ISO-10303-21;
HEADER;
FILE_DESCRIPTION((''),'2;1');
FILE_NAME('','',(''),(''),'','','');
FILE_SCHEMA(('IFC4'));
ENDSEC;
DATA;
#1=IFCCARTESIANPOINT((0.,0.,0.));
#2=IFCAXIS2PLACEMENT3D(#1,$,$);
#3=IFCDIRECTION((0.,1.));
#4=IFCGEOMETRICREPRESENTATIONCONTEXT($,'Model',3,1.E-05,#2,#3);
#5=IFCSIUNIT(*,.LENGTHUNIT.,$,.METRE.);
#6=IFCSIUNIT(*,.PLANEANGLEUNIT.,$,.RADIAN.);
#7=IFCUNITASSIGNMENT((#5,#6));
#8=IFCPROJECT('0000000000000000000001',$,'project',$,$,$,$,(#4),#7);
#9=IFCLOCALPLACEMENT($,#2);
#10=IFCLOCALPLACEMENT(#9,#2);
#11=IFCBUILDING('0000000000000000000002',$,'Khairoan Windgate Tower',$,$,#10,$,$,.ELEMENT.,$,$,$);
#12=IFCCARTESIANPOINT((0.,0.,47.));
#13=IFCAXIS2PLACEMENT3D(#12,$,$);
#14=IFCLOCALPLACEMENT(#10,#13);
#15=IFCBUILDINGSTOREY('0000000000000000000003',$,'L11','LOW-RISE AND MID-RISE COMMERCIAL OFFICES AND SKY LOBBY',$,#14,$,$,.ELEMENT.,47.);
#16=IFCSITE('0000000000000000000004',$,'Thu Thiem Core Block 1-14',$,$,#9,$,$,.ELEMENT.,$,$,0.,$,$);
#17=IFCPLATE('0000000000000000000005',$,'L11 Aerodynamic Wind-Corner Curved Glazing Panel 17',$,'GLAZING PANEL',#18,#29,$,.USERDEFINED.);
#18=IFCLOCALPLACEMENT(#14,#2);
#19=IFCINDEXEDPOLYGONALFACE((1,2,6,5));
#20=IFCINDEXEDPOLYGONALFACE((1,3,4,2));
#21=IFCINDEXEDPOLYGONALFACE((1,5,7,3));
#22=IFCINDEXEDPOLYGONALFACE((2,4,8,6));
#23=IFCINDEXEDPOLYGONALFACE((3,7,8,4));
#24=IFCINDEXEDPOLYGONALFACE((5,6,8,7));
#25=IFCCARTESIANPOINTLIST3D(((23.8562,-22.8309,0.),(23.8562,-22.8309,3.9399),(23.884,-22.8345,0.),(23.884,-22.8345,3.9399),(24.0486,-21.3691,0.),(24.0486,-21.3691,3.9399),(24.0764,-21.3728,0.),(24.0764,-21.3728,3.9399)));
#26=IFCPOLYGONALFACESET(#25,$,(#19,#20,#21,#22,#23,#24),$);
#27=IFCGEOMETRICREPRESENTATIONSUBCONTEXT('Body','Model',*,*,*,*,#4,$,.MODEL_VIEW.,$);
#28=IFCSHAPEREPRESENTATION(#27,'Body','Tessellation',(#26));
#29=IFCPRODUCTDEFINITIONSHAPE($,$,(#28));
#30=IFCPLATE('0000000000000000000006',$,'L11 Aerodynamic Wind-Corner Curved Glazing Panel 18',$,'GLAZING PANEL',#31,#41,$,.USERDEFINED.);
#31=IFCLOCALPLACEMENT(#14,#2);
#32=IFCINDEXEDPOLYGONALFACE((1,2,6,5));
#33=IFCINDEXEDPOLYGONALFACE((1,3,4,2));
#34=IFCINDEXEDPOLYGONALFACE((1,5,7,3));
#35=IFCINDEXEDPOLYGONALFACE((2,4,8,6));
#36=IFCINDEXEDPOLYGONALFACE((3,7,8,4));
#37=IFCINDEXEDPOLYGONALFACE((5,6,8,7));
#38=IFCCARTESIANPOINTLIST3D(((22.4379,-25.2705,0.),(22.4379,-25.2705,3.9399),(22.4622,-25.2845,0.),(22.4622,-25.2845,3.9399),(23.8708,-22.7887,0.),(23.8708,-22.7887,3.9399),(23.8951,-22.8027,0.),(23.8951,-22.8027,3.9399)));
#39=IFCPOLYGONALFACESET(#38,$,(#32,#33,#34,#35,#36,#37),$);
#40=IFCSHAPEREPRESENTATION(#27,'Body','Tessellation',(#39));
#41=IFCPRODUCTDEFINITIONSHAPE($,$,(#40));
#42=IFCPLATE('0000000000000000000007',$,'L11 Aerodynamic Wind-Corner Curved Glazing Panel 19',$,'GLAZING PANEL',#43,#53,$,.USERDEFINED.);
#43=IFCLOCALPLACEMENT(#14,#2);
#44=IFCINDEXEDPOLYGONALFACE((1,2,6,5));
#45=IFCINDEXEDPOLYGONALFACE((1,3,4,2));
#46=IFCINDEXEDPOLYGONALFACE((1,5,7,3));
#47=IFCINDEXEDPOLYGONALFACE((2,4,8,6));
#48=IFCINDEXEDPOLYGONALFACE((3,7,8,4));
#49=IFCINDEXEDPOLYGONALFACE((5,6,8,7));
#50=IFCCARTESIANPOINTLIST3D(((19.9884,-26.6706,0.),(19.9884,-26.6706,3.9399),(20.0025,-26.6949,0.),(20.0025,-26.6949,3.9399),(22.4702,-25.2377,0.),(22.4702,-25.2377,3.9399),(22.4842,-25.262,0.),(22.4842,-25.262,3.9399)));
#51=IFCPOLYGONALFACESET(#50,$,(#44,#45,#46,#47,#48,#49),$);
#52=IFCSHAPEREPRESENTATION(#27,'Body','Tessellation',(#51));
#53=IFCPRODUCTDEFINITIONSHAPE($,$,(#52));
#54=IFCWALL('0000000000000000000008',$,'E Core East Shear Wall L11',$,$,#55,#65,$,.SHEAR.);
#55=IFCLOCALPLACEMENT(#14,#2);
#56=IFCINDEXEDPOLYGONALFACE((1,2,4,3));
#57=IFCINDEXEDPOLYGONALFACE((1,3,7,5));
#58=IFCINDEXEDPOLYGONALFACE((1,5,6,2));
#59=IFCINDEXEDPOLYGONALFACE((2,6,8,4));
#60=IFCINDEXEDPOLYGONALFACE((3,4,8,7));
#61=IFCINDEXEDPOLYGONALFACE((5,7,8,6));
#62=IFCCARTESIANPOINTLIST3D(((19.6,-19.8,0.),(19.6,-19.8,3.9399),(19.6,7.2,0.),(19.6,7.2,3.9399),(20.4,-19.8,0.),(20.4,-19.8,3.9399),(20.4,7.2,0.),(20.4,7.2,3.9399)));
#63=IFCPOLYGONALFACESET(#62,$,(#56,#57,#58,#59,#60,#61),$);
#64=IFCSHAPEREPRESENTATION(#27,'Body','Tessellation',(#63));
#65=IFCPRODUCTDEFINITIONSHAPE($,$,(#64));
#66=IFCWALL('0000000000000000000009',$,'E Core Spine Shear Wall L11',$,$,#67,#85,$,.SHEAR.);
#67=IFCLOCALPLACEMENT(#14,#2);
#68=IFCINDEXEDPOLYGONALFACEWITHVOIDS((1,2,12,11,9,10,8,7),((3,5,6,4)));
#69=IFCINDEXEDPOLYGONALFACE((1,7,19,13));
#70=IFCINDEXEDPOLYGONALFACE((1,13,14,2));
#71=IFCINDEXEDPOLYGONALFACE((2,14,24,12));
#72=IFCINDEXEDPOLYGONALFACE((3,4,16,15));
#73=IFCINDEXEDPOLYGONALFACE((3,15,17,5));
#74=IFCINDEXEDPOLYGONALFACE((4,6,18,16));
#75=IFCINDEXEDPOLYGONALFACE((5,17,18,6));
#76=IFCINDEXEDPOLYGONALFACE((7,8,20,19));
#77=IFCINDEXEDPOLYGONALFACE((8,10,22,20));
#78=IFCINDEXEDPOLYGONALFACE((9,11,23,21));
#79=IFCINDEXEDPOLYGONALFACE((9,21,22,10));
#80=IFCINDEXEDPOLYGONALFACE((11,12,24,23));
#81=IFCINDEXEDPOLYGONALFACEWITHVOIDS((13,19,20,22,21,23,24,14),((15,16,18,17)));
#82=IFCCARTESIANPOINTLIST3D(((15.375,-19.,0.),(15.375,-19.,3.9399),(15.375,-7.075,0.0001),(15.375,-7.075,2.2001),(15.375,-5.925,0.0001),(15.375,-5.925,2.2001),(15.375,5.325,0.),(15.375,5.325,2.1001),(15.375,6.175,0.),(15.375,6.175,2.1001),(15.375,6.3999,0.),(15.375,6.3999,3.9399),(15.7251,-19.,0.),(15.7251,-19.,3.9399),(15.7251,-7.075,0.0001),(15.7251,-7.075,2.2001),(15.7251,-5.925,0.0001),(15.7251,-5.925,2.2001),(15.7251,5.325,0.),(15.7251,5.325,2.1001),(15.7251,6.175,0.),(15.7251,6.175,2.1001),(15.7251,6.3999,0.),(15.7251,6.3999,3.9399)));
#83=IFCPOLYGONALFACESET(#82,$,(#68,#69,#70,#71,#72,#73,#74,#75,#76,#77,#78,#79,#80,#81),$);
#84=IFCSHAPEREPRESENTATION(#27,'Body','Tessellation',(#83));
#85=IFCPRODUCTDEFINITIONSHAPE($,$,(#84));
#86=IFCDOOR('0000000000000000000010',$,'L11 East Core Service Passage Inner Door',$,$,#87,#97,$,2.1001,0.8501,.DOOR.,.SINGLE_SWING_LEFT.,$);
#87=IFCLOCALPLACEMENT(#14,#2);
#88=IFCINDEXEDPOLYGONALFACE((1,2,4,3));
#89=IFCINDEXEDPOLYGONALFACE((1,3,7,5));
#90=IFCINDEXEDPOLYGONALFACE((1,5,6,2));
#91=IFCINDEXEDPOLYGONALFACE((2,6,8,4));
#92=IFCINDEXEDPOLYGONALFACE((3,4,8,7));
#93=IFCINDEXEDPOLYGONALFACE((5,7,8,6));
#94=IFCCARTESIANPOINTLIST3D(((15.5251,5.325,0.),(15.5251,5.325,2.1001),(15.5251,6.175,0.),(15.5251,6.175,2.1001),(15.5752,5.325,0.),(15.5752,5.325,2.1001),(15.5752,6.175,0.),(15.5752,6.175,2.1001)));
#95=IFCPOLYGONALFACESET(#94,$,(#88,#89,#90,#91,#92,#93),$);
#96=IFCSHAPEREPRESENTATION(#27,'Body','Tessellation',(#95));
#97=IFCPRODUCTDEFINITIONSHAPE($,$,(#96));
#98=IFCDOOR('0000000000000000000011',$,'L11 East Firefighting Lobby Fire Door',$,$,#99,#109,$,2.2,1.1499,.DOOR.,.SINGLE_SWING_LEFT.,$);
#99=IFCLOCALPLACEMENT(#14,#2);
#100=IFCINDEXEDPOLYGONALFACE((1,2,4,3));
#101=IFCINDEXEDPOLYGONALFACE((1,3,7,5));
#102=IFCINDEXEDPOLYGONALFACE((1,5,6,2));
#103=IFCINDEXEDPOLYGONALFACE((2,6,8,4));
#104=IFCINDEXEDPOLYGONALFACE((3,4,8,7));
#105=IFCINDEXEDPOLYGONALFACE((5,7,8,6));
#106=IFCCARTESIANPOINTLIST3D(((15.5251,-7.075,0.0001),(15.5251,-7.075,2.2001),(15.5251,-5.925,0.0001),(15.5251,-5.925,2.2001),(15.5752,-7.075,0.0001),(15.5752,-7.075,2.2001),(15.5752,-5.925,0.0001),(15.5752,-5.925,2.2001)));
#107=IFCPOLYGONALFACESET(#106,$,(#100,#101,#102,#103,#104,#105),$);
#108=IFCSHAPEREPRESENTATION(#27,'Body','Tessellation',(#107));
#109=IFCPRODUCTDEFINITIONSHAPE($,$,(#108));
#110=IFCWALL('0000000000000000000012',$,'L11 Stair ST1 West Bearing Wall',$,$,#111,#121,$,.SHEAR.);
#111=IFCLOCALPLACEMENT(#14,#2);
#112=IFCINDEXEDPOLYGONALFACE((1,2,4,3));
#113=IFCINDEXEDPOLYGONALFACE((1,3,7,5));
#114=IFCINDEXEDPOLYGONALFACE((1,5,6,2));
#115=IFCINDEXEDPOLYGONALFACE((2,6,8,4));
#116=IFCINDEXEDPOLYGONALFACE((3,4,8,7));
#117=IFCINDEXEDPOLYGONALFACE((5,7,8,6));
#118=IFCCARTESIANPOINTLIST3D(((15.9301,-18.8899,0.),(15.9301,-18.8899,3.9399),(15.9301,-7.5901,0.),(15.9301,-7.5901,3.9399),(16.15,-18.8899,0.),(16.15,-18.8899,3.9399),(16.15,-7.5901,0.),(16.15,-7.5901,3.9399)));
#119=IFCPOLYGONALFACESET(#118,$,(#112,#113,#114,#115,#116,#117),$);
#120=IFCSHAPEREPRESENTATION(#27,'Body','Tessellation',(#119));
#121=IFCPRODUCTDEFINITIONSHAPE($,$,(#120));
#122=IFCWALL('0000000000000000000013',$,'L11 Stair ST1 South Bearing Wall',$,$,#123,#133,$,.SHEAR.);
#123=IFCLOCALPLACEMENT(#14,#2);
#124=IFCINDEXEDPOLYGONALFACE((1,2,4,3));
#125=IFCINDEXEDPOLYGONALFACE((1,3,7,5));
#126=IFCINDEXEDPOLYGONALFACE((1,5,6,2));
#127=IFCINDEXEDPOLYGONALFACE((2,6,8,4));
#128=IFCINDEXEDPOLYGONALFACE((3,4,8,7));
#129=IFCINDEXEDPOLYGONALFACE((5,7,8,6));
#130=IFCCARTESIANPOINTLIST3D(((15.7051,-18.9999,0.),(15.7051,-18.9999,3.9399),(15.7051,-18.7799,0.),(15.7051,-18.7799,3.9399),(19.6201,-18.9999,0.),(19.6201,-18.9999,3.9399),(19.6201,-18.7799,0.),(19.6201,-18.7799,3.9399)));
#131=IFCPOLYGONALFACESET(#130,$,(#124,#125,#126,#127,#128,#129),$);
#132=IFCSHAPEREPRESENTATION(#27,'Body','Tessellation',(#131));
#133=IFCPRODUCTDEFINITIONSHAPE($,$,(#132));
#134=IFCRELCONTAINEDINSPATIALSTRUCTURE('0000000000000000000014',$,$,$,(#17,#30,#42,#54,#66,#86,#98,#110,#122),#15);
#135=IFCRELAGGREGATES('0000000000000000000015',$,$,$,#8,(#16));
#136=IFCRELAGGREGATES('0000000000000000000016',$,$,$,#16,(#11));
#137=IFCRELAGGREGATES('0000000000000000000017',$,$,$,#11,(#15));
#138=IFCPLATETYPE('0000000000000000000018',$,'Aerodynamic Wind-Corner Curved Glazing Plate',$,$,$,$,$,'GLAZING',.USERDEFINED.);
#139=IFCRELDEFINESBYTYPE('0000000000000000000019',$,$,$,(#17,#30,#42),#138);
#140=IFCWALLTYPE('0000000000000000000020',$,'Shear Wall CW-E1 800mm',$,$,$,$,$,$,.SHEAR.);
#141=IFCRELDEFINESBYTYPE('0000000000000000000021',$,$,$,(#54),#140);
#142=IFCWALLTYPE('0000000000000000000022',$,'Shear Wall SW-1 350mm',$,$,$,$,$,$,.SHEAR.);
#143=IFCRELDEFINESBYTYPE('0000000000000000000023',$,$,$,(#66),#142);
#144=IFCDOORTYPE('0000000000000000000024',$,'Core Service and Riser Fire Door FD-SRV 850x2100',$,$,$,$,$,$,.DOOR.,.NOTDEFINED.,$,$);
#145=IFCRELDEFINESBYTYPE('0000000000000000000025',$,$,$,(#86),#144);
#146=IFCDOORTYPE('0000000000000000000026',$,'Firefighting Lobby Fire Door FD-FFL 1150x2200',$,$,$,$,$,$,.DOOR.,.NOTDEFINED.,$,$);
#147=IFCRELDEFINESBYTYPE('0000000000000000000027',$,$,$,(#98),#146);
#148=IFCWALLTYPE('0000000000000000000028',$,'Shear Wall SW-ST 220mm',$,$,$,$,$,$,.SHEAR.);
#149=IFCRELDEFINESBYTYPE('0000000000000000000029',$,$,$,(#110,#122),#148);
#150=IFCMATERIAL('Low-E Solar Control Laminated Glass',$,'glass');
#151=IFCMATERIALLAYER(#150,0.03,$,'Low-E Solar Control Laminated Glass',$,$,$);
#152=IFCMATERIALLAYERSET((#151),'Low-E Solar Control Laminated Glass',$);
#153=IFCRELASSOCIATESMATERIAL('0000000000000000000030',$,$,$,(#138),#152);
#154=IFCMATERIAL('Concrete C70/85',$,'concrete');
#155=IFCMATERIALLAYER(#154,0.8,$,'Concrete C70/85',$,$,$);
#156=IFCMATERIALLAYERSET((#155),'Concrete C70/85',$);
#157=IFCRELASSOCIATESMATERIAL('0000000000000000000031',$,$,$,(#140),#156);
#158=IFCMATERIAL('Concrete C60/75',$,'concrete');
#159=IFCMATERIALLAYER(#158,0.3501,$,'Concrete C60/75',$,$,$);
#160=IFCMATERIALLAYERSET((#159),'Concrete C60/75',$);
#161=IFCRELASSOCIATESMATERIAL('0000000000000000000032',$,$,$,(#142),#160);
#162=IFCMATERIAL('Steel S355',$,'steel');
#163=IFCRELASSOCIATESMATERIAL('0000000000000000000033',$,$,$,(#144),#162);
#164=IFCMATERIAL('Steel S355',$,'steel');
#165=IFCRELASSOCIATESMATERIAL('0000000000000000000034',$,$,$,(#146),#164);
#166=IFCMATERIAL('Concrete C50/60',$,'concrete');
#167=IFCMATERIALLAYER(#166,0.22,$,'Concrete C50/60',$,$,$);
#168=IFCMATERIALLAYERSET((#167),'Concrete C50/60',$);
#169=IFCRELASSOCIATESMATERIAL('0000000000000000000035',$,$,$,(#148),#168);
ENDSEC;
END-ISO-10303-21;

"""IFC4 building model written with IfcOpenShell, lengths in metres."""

from ifc_helpers import new_model, si_unit, direction, frame, frame_2d, origin, origin_2d, place, context, subcontext, project, spatial, rectangle, extrude, material, layer, layer_set, type_object, element, fill, save


model = new_model("IFC4")

# Units and contexts
model_context = context("Model", 3, precision=1e-05, world=origin(), true_north=direction((0.0, 1.0)))
body_context = subcontext(model_context, "Body", "Model", "MODEL_VIEW")
ifc_project = project(units=[si_unit("LENGTHUNIT", "METRE"), si_unit("PLANEANGLEUNIT", "RADIAN")], contexts=[model_context])

# Site, building, storey
site_placement = place(None, origin())
building_placement = place(site_placement, origin())
storey_placement = place(building_placement, frame((0.0, 0.0, 47.0)))
site = spatial("IfcSite", under=ifc_project, at=site_placement, Name="Thu Thiem Core Block 1-14", CompositionType="ELEMENT", RefElevation=0.0)
building = spatial("IfcBuilding", under=site, at=building_placement, Name="Khairoan Windgate Tower", CompositionType="ELEMENT")
storey = spatial("IfcBuildingStorey", under=building, at=storey_placement, Name="L11", Description="LOW-RISE AND MID-RISE COMMERCIAL OFFICES AND SKY LOBBY", CompositionType="ELEMENT", Elevation=47.0)

# Plates
ifc_material_1 = material(Name="Low-E Solar Control Laminated Glass", Category="glass")
ifc_layer_1 = layer(ifc_material_1, 0.03, Name="Low-E Solar Control Laminated Glass")
ifc_layer_set_1 = layer_set([ifc_layer_1], Name="Low-E Solar Control Laminated Glass")
plate_type_1 = type_object("IfcPlateType", Name="Aerodynamic Wind-Corner Curved Glazing Plate", ElementType="GLAZING", PredefinedType="USERDEFINED", material=ifc_layer_set_1)
plate_1_placement = place(storey_placement, frame((23.9663, -22.1018, 0.0), z_axis=(0.0, 0.0, 1.0), x_axis=(-0.130526, -0.991445, 0.0)))
element("IfcPlate", 1, at=plate_1_placement, inside=storey, type_object=plate_type_1, Name="L11 Aerodynamic Wind-Corner Curved Glazing Panel 17", ObjectType="GLAZING PANEL", PredefinedType="USERDEFINED", context=body_context, shape_type="SweptSolid", body=[
    extrude(rectangle(XDim=1.4744, YDim=0.0281, at=origin_2d()), origin(), (0.0, 0.0, 1.0), 3.9399),
])
for number, where, z_axis, x_axis, name in (
    (2, (23.1665, -24.0366, 0.0), (0.0, 0.0, 1.0), (-0.5, -0.866025, 0.0), "L11 Aerodynamic Wind-Corner Curved Glazing Panel 18"),
    (3, (21.2363, -25.9663, 0.0), (0.0, 0.0, 1.0), (-0.866025, -0.5, 0.0), "L11 Aerodynamic Wind-Corner Curved Glazing Panel 19"),
):
    element("IfcPlate", number, at=place(storey_placement, frame(where, z_axis=z_axis, x_axis=x_axis)), inside=storey, type_object=plate_type_1, Name=name, ObjectType="GLAZING PANEL", PredefinedType="USERDEFINED", context=body_context, shape_type="SweptSolid", body=[
        extrude(rectangle(XDim=2.8657, YDim=0.0281, at=origin_2d()), origin(), (0.0, 0.0, 1.0), 3.9399),
    ])

# Wall
ifc_material_2 = material(Name="Concrete C70/85", Category="concrete")
ifc_layer_2 = layer(ifc_material_2, 0.8, Name="Concrete C70/85")
ifc_layer_set_2 = layer_set([ifc_layer_2], Name="Concrete C70/85")
wall_type_1 = type_object("IfcWallType", Name="Shear Wall CW-E1 800mm", PredefinedType="SHEAR", material=ifc_layer_set_2)
wall_1_placement = place(storey_placement, frame((20.0, -19.8, 0.0), z_axis=(0.0, 0.0, 1.0), x_axis=(0.0, 1.0, 0.0)))
element("IfcWall", 4, at=wall_1_placement, inside=storey, type_object=wall_type_1, Name="E Core East Shear Wall L11", PredefinedType="SHEAR", context=body_context, shape_type="SweptSolid", body=[
    extrude(rectangle(XDim=27.0, YDim=0.8, at=frame_2d((13.5, 0.0))), origin(), (0.0, 0.0, 1.0), 3.9399),
])

# Wall, openings, doors
ifc_material_3 = material(Name="Concrete C60/75", Category="concrete")
ifc_layer_3 = layer(ifc_material_3, 0.3501, Name="Concrete C60/75")
ifc_layer_set_3 = layer_set([ifc_layer_3], Name="Concrete C60/75")
wall_type_2 = type_object("IfcWallType", Name="Shear Wall SW-1 350mm", PredefinedType="SHEAR", material=ifc_layer_set_3)
wall_2_placement = place(storey_placement, frame((15.55, -19.0, 0.0), z_axis=(0.0, 0.0, 1.0), x_axis=(0.0, 1.0, 0.0)))
wall_2 = element("IfcWall", 5, at=wall_2_placement, inside=storey, type_object=wall_type_2, Name="E Core Spine Shear Wall L11", PredefinedType="SHEAR", context=body_context, shape_type="SweptSolid", body=[
    extrude(rectangle(XDim=25.3999, YDim=0.3501, at=frame_2d((12.7, 0.0))), origin(), (0.0, 0.0, 1.0), 3.9399),
])
opening_1_placement = place(wall_2_placement, frame((11.925, 0.0, 0.0)))
opening_1 = element("IfcOpeningElement", 6, at=opening_1_placement, cuts=wall_2, PredefinedType="OPENING", context=body_context, shape_type="SweptSolid", body=[
    extrude(rectangle(XDim=1.1499, YDim=2.2, at=frame_2d((0.575, 1.1001))), frame((0.0, 0.1851, 0.0), z_axis=(0.0, -1.0, 0.0), x_axis=(1.0, 0.0, 0.0)), (0.0, 0.0, 1.0), 0.3701),
])
opening_2_placement = place(wall_2_placement, frame((24.325, 0.0, 0.0)))
opening_2 = element("IfcOpeningElement", 7, at=opening_2_placement, cuts=wall_2, PredefinedType="OPENING", context=body_context, shape_type="SweptSolid", body=[
    extrude(rectangle(XDim=0.8501, YDim=2.1001, at=frame_2d((0.425, 1.05))), frame((0.0, 0.1851, 0.0), z_axis=(0.0, -1.0, 0.0), x_axis=(1.0, 0.0, 0.0)), (0.0, 0.0, 1.0), 0.3701),
])
ifc_material_4 = material(Name="Steel S355", Category="steel")
door_type_1 = type_object("IfcDoorType", Name="Core Service and Riser Fire Door FD-SRV 850x2100", OperationType="NOTDEFINED", PredefinedType="DOOR", material=ifc_material_4)
door_1_placement = place(opening_2_placement, origin())
door_1 = element("IfcDoor", 8, at=door_1_placement, inside=storey, type_object=door_type_1, Name="L11 East Core Service Passage Inner Door", OperationType="SINGLE_SWING_LEFT", OverallHeight=2.1001, OverallWidth=0.8501, PredefinedType="DOOR", context=body_context, shape_type="SweptSolid", body=[
    extrude(rectangle(XDim=0.8501, YDim=2.1001, at=frame_2d((0.425, 1.05))), frame((0.0, 0.0249, 0.0), z_axis=(0.0, -1.0, 0.0), x_axis=(1.0, 0.0, 0.0)), (0.0, 0.0, 1.0), 0.05),
])
fill(opening_2, door_1)
ifc_material_5 = material(Name="Steel S355", Category="steel")
door_type_2 = type_object("IfcDoorType", Name="Firefighting Lobby Fire Door FD-FFL 1150x2200", OperationType="NOTDEFINED", PredefinedType="DOOR", material=ifc_material_5)
door_2_placement = place(opening_1_placement, origin())
door_2 = element("IfcDoor", 9, at=door_2_placement, inside=storey, type_object=door_type_2, Name="L11 East Firefighting Lobby Fire Door", OperationType="SINGLE_SWING_LEFT", OverallHeight=2.2, OverallWidth=1.1499, PredefinedType="DOOR", context=body_context, shape_type="SweptSolid", body=[
    extrude(rectangle(XDim=1.1499, YDim=2.2, at=frame_2d((0.575, 1.1001))), frame((0.0, 0.0249, 0.0), z_axis=(0.0, -1.0, 0.0), x_axis=(1.0, 0.0, 0.0)), (0.0, 0.0, 1.0), 0.05),
])
fill(opening_1, door_2)

# Walls
ifc_material_6 = material(Name="Concrete C50/60", Category="concrete")
ifc_layer_4 = layer(ifc_material_6, 0.22, Name="Concrete C50/60")
ifc_layer_set_4 = layer_set([ifc_layer_4], Name="Concrete C50/60")
wall_type_3 = type_object("IfcWallType", Name="Shear Wall SW-ST 220mm", PredefinedType="SHEAR", material=ifc_layer_set_4)
wall_3_placement = place(storey_placement, frame((16.04, -18.8899, 0.0), z_axis=(0.0, 0.0, 1.0), x_axis=(0.0, 1.0, 0.0)))
element("IfcWall", 10, at=wall_3_placement, inside=storey, type_object=wall_type_3, Name="L11 Stair ST1 West Bearing Wall", PredefinedType="SHEAR", context=body_context, shape_type="SweptSolid", body=[
    extrude(rectangle(XDim=11.2998, YDim=0.22, at=frame_2d((5.6499, 0.0))), origin(), (0.0, 0.0, 1.0), 3.9399),
])
wall_4_placement = place(storey_placement, frame((15.7051, -18.8899, 0.0), z_axis=(0.0, 0.0, 1.0), x_axis=(1.0, 0.0, 0.0)))
element("IfcWall", 11, at=wall_4_placement, inside=storey, type_object=wall_type_3, Name="L11 Stair ST1 South Bearing Wall", PredefinedType="SHEAR", context=body_context, shape_type="SweptSolid", body=[
    extrude(rectangle(XDim=3.915, YDim=0.22, at=frame_2d((1.9575, 0.0))), origin(), (0.0, 0.0, 1.0), 3.9399),
])

save(model, "model.ifc")
